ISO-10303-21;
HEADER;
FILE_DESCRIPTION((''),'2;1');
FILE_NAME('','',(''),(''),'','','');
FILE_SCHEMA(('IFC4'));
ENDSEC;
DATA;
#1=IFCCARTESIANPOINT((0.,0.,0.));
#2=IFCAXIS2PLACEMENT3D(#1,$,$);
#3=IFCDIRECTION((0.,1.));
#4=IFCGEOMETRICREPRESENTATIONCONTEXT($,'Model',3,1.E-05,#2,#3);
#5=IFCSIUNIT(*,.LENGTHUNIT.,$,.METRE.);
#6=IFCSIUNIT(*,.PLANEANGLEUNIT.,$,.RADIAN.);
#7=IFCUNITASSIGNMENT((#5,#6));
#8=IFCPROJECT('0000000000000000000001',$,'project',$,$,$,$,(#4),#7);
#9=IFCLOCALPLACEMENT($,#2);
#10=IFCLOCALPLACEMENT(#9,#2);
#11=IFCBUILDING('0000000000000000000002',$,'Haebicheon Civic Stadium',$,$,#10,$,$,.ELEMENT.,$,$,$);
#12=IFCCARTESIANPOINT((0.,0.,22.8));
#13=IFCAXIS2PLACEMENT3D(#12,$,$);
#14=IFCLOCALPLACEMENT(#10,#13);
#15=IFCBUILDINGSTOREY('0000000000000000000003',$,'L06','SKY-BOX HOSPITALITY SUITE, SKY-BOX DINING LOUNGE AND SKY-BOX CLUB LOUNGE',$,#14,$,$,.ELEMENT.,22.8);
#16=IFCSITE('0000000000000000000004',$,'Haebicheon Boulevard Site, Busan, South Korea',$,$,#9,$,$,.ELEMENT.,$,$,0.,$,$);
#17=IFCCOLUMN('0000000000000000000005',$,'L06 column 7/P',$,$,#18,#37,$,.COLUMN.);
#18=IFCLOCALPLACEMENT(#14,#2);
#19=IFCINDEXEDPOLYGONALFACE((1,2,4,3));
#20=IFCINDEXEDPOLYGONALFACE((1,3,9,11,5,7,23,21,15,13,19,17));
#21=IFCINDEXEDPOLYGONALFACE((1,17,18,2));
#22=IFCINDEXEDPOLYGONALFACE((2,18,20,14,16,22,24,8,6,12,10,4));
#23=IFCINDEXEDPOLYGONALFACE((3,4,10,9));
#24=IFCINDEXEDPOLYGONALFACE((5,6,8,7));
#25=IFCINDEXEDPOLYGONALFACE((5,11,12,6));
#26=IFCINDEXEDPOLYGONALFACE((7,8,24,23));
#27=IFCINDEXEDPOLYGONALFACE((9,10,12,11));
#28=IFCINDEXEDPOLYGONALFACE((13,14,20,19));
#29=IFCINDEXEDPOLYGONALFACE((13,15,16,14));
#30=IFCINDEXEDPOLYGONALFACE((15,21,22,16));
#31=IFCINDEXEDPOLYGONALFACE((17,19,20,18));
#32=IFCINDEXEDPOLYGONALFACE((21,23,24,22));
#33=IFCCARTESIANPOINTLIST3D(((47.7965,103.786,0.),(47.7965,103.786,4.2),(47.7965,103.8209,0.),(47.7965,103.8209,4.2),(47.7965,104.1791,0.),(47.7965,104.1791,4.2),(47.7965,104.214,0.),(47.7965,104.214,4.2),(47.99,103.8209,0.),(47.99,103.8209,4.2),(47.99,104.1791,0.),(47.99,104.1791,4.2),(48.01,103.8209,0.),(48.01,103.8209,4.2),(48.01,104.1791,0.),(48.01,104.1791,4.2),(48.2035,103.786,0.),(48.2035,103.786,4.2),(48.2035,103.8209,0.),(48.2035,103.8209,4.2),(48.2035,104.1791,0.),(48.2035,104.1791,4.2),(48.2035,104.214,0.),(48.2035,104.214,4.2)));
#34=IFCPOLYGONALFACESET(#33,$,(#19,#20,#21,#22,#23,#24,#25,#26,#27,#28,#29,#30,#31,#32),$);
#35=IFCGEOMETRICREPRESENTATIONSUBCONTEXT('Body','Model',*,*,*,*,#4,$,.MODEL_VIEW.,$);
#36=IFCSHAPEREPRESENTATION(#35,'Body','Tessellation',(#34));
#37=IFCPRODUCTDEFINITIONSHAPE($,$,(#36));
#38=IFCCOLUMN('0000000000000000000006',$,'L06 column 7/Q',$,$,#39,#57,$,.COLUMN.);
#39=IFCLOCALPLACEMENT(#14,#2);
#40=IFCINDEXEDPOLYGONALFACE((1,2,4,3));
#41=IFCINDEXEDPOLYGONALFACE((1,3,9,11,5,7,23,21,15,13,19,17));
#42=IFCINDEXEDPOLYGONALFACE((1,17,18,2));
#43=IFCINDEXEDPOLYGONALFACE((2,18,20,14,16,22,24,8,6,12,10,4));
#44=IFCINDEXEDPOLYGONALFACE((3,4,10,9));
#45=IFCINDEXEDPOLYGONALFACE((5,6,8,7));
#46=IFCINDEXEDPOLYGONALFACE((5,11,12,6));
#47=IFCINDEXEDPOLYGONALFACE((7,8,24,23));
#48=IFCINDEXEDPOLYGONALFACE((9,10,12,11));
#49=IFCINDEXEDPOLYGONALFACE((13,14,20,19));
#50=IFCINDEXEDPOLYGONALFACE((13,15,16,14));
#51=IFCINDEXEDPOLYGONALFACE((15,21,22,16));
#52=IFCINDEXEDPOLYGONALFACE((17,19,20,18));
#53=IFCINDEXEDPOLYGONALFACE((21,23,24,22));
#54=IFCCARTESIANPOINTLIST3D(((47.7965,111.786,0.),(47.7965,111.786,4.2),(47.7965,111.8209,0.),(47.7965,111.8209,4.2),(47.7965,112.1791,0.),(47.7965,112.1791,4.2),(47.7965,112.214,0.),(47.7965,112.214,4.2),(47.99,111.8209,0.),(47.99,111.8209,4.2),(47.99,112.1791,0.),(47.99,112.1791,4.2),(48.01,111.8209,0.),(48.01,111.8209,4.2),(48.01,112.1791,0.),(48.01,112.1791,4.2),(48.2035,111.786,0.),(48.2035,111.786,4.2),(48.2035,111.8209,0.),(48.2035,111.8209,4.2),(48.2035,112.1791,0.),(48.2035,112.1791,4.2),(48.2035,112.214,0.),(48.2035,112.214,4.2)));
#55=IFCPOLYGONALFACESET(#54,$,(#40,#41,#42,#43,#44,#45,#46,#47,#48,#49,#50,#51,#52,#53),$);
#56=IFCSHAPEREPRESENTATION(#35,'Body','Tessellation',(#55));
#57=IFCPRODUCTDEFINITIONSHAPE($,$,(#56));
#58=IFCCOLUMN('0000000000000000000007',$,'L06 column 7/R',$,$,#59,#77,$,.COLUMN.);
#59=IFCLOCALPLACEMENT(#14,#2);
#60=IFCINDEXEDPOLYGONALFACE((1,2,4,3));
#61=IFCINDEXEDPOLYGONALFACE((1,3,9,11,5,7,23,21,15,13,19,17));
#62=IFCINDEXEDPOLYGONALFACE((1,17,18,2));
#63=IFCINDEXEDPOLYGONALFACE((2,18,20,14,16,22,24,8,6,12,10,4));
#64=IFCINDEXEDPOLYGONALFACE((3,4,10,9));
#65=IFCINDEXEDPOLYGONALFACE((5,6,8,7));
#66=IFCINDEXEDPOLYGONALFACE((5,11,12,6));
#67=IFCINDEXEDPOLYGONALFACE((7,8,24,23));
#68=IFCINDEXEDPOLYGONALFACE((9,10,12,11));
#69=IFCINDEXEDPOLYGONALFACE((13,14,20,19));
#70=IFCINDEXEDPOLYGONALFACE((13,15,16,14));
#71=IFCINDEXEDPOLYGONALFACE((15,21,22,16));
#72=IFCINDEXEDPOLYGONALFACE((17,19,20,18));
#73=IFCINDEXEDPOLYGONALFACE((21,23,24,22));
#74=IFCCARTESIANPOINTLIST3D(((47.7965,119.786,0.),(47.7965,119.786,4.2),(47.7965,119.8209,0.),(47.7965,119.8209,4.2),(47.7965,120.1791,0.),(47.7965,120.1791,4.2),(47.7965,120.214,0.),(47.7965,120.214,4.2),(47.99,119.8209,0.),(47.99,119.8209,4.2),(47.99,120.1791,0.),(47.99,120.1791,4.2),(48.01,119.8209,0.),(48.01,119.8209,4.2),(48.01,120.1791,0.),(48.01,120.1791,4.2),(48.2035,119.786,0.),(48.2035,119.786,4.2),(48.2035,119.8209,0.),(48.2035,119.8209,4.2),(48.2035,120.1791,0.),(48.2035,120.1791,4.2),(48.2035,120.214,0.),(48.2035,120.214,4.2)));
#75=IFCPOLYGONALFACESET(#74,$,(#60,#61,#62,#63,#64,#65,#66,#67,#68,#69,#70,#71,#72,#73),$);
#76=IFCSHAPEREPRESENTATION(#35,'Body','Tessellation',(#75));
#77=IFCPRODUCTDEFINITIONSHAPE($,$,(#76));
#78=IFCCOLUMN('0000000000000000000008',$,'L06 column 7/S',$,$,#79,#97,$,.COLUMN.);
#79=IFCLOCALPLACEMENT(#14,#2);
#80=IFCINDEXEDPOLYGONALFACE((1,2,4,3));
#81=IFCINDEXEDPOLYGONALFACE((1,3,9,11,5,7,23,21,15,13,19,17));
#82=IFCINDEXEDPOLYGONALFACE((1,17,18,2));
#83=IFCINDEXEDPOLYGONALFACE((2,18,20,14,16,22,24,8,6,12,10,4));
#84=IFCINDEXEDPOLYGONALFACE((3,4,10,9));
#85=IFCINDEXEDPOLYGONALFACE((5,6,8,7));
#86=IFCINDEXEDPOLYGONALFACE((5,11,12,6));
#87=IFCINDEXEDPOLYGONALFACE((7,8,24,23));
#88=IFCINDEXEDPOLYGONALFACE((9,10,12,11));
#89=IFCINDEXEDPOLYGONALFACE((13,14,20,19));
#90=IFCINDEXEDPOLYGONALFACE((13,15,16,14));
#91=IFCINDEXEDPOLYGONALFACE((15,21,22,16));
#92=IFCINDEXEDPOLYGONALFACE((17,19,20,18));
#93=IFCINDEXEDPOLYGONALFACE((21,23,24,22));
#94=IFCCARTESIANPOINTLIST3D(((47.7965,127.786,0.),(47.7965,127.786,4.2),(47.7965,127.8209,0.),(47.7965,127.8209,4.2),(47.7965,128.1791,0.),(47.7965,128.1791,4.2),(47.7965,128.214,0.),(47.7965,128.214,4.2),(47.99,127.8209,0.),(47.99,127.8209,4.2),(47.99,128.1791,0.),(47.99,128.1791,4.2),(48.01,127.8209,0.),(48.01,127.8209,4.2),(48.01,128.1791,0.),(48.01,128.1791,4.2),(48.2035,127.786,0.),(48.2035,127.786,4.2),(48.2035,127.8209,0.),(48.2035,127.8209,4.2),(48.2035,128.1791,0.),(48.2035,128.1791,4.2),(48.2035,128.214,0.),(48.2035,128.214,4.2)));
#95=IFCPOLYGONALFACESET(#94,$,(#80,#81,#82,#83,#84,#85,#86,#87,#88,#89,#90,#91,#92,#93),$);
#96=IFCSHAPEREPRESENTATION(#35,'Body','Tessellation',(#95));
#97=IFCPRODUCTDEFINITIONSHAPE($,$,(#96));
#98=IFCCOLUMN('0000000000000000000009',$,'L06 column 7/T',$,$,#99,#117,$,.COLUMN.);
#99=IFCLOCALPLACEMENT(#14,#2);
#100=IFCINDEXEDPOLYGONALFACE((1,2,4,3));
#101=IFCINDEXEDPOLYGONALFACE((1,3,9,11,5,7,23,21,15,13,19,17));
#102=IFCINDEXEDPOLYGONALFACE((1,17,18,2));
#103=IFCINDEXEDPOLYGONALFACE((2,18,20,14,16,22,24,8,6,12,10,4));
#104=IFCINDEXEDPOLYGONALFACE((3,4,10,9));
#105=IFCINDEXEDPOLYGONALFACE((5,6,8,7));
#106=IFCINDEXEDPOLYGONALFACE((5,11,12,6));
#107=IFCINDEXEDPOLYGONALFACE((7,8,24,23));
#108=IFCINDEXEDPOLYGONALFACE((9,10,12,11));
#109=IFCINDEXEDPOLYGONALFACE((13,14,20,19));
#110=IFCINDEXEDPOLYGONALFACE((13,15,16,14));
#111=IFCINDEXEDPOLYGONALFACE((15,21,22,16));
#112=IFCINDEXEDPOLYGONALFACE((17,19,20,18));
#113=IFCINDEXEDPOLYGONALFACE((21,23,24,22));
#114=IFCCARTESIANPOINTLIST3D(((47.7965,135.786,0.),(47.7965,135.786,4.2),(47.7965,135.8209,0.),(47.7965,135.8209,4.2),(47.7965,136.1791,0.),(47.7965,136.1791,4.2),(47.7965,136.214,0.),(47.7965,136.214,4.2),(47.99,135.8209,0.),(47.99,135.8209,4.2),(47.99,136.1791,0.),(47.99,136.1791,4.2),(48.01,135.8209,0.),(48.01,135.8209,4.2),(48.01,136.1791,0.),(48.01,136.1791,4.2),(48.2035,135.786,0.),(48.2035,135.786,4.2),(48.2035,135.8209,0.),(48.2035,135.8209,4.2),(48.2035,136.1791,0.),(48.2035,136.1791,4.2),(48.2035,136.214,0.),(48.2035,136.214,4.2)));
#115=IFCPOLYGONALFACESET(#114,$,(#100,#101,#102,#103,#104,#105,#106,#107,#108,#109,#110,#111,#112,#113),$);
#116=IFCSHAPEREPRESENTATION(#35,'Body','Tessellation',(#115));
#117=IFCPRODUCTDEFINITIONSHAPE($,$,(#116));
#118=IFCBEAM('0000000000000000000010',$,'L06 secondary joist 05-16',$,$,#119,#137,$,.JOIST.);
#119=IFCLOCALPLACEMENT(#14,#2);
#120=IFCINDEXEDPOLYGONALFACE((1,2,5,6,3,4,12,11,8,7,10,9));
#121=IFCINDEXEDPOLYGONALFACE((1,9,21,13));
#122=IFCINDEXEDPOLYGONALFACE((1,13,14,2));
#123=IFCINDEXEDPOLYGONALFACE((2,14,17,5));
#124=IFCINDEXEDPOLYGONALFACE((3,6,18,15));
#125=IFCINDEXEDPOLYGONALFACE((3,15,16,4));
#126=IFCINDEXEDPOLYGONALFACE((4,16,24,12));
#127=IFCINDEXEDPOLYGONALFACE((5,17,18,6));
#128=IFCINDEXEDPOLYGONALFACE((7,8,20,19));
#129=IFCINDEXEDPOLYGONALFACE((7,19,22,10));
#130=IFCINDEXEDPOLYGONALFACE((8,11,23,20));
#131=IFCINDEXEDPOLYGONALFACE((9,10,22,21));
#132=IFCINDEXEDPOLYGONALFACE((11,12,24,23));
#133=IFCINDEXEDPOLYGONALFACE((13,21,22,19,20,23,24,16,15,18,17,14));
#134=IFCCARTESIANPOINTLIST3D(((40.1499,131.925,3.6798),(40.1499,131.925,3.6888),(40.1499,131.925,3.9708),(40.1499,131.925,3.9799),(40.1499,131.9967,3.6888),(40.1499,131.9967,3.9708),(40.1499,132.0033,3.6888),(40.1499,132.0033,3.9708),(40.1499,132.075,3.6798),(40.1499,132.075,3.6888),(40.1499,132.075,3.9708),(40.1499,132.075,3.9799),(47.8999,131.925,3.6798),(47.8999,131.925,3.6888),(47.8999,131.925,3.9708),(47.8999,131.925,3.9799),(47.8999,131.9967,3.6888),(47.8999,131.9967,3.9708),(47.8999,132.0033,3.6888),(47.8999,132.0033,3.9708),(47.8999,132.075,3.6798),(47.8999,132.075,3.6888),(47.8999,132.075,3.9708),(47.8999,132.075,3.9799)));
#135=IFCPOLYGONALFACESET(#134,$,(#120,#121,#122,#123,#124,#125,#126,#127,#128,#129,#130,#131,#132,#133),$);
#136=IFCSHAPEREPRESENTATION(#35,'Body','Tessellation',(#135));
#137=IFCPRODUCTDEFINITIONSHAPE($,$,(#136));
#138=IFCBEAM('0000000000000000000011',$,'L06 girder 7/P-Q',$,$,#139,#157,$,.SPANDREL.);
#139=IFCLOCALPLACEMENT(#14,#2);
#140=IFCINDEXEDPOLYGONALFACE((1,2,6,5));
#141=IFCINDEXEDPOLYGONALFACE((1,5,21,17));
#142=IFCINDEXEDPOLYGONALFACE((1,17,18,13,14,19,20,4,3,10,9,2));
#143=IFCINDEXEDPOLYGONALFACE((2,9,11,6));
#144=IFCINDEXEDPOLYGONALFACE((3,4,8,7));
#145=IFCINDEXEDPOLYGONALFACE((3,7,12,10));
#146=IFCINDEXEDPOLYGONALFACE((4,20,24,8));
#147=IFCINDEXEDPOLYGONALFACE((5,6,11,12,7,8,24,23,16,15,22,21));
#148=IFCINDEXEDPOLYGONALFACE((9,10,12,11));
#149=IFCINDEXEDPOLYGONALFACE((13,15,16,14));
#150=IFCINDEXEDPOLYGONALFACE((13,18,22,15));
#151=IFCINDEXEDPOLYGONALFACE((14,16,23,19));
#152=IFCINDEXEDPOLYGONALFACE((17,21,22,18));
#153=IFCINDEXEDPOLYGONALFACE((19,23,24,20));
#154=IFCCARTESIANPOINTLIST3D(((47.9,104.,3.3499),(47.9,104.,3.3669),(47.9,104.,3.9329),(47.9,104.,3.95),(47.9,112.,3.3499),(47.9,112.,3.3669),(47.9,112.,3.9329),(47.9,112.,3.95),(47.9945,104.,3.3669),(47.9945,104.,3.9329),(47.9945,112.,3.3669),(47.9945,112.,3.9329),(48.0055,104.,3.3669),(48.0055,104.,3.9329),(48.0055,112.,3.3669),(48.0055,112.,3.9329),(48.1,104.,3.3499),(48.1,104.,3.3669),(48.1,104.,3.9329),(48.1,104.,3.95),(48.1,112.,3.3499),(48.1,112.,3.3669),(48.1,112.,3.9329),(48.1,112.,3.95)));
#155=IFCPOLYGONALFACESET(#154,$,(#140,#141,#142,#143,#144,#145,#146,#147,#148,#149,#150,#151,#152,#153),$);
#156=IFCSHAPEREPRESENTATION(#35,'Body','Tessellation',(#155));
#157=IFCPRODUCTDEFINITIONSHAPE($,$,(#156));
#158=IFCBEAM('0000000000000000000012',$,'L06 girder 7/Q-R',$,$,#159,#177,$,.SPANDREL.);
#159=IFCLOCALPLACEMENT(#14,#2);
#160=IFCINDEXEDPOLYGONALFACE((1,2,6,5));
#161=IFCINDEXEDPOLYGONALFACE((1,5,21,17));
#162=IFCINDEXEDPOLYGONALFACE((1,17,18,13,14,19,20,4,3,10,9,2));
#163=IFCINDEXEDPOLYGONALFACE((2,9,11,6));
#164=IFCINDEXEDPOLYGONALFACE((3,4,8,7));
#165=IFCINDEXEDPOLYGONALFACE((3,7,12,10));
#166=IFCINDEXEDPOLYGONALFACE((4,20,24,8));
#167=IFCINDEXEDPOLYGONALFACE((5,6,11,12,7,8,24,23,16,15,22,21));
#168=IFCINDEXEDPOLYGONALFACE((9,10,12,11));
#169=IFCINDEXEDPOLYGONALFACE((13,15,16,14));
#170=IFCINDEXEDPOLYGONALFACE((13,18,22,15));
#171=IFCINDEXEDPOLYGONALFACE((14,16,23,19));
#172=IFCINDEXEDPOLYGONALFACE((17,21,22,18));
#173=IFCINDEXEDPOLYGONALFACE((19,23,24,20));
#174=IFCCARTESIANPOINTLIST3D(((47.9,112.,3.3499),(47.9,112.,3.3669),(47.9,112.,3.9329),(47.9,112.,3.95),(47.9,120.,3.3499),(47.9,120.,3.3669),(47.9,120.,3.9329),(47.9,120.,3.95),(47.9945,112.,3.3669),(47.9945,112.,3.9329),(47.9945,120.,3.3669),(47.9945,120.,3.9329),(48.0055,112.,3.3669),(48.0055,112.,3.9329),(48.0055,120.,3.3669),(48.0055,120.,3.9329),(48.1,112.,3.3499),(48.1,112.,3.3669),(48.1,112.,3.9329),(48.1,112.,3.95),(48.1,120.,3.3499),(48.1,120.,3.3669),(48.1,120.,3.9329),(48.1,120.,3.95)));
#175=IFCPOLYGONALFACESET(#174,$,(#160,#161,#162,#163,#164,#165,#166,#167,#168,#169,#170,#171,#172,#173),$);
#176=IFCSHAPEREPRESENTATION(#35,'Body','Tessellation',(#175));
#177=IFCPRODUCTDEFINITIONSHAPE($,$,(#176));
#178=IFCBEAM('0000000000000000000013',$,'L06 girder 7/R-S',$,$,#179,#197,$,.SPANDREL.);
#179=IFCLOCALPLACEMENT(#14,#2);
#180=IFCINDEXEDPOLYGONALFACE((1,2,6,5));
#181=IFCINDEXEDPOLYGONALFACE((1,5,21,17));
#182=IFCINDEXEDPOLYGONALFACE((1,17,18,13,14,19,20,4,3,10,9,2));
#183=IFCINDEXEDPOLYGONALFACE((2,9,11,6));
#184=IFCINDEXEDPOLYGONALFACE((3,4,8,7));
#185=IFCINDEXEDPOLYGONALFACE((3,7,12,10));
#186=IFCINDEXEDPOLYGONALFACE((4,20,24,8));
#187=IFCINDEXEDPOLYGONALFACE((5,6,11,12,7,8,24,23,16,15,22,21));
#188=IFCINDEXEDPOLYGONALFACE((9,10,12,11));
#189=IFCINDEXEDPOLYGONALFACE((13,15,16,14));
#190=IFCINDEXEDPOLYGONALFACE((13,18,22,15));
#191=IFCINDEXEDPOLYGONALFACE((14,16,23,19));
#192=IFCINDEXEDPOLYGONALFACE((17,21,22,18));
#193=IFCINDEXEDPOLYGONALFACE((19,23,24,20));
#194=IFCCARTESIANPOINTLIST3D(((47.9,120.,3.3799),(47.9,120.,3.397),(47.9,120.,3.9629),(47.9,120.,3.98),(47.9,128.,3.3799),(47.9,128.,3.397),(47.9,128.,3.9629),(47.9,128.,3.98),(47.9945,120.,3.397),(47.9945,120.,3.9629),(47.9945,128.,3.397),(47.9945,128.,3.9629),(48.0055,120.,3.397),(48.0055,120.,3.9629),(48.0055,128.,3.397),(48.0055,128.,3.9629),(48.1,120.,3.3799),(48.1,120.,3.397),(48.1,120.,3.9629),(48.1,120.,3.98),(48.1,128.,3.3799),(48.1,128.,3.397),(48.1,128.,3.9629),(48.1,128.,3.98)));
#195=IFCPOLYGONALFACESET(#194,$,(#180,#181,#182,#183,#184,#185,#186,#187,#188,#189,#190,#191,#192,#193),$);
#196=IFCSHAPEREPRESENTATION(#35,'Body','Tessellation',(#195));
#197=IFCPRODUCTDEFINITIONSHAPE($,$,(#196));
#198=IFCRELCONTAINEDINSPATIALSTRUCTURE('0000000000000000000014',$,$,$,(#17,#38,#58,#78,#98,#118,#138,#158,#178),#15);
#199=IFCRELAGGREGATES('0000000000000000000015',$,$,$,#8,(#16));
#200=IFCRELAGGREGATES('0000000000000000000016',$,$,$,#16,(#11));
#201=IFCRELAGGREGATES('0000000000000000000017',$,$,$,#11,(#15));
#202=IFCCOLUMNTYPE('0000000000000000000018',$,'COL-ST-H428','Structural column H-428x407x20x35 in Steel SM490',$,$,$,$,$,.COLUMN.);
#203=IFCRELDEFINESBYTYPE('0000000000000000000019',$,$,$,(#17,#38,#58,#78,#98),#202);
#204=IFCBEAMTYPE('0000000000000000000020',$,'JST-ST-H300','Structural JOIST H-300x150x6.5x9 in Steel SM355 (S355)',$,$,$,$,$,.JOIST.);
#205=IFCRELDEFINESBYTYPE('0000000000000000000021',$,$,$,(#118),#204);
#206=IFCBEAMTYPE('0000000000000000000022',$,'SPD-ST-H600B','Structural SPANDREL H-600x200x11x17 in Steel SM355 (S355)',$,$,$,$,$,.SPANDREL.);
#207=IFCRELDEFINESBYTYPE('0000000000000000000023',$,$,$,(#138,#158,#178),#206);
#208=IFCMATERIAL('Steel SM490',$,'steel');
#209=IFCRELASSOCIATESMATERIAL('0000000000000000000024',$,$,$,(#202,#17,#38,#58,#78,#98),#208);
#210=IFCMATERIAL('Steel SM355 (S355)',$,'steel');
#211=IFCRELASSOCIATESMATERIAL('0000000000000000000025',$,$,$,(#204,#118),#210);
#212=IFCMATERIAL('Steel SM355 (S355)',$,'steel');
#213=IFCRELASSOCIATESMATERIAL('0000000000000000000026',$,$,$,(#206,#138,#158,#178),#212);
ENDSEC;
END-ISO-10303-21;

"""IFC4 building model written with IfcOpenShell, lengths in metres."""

from ifc_helpers import new_model, si_unit, direction, frame, origin, origin_2d, place, context, subcontext, project, spatial, i_section, extrude, material, material_profile, profile_set, type_object, element, save


model = new_model("IFC4")

# Units and contexts
model_context = context("Model", 3, precision=1e-05, world=origin(), true_north=direction((0.0, 1.0)))
body_context = subcontext(model_context, "Body", "Model", "MODEL_VIEW")
ifc_project = project(units=[si_unit("LENGTHUNIT", "METRE"), si_unit("PLANEANGLEUNIT", "RADIAN")], contexts=[model_context])

# Site, building, storey
site_placement = place(None, origin())
site = spatial("IfcSite", under=ifc_project, at=site_placement, Name="Haebicheon Boulevard Site, Busan, South Korea", CompositionType="ELEMENT", RefElevation=0.0)
building_placement = place(site_placement, origin())
building = spatial("IfcBuilding", under=site, at=building_placement, Name="Haebicheon Civic Stadium", CompositionType="ELEMENT")
storey_placement = place(building_placement, frame((0.0, 0.0, 22.8)))
storey = spatial("IfcBuildingStorey", under=building, at=storey_placement, Name="L06", Description="SKY-BOX HOSPITALITY SUITE, SKY-BOX DINING LOUNGE AND SKY-BOX CLUB LOUNGE", CompositionType="ELEMENT", Elevation=22.8)

# Columns
ifc_material_1 = material(Name="Steel SM490", Category="steel")
ifc_material_profile_1 = material_profile(ifc_material_1, i_section(OverallWidth=0.407, OverallDepth=0.428, WebThickness=0.02, FlangeThickness=0.0349, at=origin_2d()), Name="H-428x407x20x35")
ifc_profile_set_1 = profile_set([ifc_material_profile_1], Name="Steel SM490")
column_type_1 = type_object("IfcColumnType", Name="COL-ST-H428", Description="Structural column H-428x407x20x35 in Steel SM490", PredefinedType="COLUMN", material=ifc_profile_set_1)
for number, where, z_axis, x_axis, name in (
    (1, (48.0, 104.0, 0.0), (0.0, 0.0, 1.0), (1.0, 0.0, 0.0), "L06 column 7/P"),
    (2, (48.0, 112.0, 0.0), (0.0, 0.0, 1.0), (1.0, 0.0, 0.0), "L06 column 7/Q"),
    (3, (48.0, 120.0, 0.0), (0.0, 0.0, 1.0), (1.0, 0.0, 0.0), "L06 column 7/R"),
    (4, (48.0, 128.0, 0.0), (0.0, 0.0, 1.0), (1.0, 0.0, 0.0), "L06 column 7/S"),
    (5, (48.0, 136.0, 0.0), (0.0, 0.0, 1.0), (1.0, 0.0, 0.0), "L06 column 7/T"),
):
    element("IfcColumn", number, at=place(storey_placement, frame(where, z_axis=z_axis, x_axis=x_axis)), inside=storey, type_object=column_type_1, material=ifc_profile_set_1, Name=name, PredefinedType="COLUMN", context=body_context, shape_type="SweptSolid", body=[
        extrude(i_section(OverallWidth=0.407, OverallDepth=0.428, WebThickness=0.02, FlangeThickness=0.0349, at=origin_2d()), origin(), (0.0, 0.0, 1.0), 4.2),
    ])

# Beams
ifc_material_2 = material(Name="Steel SM355 (S355)", Category="steel")
ifc_material_profile_2 = material_profile(ifc_material_2, i_section(OverallWidth=0.1499, OverallDepth=0.3, WebThickness=0.0066, FlangeThickness=0.009, at=origin_2d()), Name="H-300x150x6.5x9")
ifc_profile_set_2 = profile_set([ifc_material_profile_2], Name="Steel SM355 (S355)")
beam_type_1 = type_object("IfcBeamType", Name="JST-ST-H300", Description="Structural JOIST H-300x150x6.5x9 in Steel SM355 (S355)", PredefinedType="JOIST", material=ifc_profile_set_2)
beam_placement = place(storey_placement, frame((40.1499, 132.0, 3.8298), z_axis=(1.0, 0.0, 0.0), x_axis=(0.0, 1.0, 0.0)))
element("IfcBeam", 6, at=beam_placement, inside=storey, type_object=beam_type_1, material=ifc_profile_set_2, Name="L06 secondary joist 05-16", PredefinedType="JOIST", context=body_context, shape_type="SweptSolid", body=[
    extrude(i_section(OverallWidth=0.1499, OverallDepth=0.3, WebThickness=0.0066, FlangeThickness=0.009, at=origin_2d()), origin(), (0.0, 0.0, 1.0), 7.75),
])
ifc_material_3 = material(Name="Steel SM355 (S355)", Category="steel")
ifc_material_profile_3 = material_profile(ifc_material_3, i_section(OverallWidth=0.2, OverallDepth=0.6001, WebThickness=0.011, FlangeThickness=0.0171, at=origin_2d()), Name="H-600x200x11x17")
ifc_profile_set_3 = profile_set([ifc_material_profile_3], Name="Steel SM355 (S355)")
beam_type_2 = type_object("IfcBeamType", Name="SPD-ST-H600B", Description="Structural SPANDREL H-600x200x11x17 in Steel SM355 (S355)", PredefinedType="SPANDREL", material=ifc_profile_set_3)
for number, where, z_axis, x_axis, name in (
    (7, (48.0, 104.0, 3.6499), (0.0, 1.0, 0.0), (-1.0, 0.0, 0.0), "L06 girder 7/P-Q"),
    (8, (48.0, 112.0, 3.6499), (0.0, 1.0, 0.0), (-1.0, 0.0, 0.0), "L06 girder 7/Q-R"),
    (9, (48.0, 120.0, 3.6799), (0.0, 1.0, 0.0), (-1.0, 0.0, 0.0), "L06 girder 7/R-S"),
):
    element("IfcBeam", number, at=place(storey_placement, frame(where, z_axis=z_axis, x_axis=x_axis)), inside=storey, type_object=beam_type_2, material=ifc_profile_set_3, Name=name, PredefinedType="SPANDREL", context=body_context, shape_type="SweptSolid", body=[
        extrude(i_section(OverallWidth=0.2, OverallDepth=0.6001, WebThickness=0.011, FlangeThickness=0.0171, at=origin_2d()), origin(), (0.0, 0.0, 1.0), 8.0),
    ])

save(model, "model.ifc")
